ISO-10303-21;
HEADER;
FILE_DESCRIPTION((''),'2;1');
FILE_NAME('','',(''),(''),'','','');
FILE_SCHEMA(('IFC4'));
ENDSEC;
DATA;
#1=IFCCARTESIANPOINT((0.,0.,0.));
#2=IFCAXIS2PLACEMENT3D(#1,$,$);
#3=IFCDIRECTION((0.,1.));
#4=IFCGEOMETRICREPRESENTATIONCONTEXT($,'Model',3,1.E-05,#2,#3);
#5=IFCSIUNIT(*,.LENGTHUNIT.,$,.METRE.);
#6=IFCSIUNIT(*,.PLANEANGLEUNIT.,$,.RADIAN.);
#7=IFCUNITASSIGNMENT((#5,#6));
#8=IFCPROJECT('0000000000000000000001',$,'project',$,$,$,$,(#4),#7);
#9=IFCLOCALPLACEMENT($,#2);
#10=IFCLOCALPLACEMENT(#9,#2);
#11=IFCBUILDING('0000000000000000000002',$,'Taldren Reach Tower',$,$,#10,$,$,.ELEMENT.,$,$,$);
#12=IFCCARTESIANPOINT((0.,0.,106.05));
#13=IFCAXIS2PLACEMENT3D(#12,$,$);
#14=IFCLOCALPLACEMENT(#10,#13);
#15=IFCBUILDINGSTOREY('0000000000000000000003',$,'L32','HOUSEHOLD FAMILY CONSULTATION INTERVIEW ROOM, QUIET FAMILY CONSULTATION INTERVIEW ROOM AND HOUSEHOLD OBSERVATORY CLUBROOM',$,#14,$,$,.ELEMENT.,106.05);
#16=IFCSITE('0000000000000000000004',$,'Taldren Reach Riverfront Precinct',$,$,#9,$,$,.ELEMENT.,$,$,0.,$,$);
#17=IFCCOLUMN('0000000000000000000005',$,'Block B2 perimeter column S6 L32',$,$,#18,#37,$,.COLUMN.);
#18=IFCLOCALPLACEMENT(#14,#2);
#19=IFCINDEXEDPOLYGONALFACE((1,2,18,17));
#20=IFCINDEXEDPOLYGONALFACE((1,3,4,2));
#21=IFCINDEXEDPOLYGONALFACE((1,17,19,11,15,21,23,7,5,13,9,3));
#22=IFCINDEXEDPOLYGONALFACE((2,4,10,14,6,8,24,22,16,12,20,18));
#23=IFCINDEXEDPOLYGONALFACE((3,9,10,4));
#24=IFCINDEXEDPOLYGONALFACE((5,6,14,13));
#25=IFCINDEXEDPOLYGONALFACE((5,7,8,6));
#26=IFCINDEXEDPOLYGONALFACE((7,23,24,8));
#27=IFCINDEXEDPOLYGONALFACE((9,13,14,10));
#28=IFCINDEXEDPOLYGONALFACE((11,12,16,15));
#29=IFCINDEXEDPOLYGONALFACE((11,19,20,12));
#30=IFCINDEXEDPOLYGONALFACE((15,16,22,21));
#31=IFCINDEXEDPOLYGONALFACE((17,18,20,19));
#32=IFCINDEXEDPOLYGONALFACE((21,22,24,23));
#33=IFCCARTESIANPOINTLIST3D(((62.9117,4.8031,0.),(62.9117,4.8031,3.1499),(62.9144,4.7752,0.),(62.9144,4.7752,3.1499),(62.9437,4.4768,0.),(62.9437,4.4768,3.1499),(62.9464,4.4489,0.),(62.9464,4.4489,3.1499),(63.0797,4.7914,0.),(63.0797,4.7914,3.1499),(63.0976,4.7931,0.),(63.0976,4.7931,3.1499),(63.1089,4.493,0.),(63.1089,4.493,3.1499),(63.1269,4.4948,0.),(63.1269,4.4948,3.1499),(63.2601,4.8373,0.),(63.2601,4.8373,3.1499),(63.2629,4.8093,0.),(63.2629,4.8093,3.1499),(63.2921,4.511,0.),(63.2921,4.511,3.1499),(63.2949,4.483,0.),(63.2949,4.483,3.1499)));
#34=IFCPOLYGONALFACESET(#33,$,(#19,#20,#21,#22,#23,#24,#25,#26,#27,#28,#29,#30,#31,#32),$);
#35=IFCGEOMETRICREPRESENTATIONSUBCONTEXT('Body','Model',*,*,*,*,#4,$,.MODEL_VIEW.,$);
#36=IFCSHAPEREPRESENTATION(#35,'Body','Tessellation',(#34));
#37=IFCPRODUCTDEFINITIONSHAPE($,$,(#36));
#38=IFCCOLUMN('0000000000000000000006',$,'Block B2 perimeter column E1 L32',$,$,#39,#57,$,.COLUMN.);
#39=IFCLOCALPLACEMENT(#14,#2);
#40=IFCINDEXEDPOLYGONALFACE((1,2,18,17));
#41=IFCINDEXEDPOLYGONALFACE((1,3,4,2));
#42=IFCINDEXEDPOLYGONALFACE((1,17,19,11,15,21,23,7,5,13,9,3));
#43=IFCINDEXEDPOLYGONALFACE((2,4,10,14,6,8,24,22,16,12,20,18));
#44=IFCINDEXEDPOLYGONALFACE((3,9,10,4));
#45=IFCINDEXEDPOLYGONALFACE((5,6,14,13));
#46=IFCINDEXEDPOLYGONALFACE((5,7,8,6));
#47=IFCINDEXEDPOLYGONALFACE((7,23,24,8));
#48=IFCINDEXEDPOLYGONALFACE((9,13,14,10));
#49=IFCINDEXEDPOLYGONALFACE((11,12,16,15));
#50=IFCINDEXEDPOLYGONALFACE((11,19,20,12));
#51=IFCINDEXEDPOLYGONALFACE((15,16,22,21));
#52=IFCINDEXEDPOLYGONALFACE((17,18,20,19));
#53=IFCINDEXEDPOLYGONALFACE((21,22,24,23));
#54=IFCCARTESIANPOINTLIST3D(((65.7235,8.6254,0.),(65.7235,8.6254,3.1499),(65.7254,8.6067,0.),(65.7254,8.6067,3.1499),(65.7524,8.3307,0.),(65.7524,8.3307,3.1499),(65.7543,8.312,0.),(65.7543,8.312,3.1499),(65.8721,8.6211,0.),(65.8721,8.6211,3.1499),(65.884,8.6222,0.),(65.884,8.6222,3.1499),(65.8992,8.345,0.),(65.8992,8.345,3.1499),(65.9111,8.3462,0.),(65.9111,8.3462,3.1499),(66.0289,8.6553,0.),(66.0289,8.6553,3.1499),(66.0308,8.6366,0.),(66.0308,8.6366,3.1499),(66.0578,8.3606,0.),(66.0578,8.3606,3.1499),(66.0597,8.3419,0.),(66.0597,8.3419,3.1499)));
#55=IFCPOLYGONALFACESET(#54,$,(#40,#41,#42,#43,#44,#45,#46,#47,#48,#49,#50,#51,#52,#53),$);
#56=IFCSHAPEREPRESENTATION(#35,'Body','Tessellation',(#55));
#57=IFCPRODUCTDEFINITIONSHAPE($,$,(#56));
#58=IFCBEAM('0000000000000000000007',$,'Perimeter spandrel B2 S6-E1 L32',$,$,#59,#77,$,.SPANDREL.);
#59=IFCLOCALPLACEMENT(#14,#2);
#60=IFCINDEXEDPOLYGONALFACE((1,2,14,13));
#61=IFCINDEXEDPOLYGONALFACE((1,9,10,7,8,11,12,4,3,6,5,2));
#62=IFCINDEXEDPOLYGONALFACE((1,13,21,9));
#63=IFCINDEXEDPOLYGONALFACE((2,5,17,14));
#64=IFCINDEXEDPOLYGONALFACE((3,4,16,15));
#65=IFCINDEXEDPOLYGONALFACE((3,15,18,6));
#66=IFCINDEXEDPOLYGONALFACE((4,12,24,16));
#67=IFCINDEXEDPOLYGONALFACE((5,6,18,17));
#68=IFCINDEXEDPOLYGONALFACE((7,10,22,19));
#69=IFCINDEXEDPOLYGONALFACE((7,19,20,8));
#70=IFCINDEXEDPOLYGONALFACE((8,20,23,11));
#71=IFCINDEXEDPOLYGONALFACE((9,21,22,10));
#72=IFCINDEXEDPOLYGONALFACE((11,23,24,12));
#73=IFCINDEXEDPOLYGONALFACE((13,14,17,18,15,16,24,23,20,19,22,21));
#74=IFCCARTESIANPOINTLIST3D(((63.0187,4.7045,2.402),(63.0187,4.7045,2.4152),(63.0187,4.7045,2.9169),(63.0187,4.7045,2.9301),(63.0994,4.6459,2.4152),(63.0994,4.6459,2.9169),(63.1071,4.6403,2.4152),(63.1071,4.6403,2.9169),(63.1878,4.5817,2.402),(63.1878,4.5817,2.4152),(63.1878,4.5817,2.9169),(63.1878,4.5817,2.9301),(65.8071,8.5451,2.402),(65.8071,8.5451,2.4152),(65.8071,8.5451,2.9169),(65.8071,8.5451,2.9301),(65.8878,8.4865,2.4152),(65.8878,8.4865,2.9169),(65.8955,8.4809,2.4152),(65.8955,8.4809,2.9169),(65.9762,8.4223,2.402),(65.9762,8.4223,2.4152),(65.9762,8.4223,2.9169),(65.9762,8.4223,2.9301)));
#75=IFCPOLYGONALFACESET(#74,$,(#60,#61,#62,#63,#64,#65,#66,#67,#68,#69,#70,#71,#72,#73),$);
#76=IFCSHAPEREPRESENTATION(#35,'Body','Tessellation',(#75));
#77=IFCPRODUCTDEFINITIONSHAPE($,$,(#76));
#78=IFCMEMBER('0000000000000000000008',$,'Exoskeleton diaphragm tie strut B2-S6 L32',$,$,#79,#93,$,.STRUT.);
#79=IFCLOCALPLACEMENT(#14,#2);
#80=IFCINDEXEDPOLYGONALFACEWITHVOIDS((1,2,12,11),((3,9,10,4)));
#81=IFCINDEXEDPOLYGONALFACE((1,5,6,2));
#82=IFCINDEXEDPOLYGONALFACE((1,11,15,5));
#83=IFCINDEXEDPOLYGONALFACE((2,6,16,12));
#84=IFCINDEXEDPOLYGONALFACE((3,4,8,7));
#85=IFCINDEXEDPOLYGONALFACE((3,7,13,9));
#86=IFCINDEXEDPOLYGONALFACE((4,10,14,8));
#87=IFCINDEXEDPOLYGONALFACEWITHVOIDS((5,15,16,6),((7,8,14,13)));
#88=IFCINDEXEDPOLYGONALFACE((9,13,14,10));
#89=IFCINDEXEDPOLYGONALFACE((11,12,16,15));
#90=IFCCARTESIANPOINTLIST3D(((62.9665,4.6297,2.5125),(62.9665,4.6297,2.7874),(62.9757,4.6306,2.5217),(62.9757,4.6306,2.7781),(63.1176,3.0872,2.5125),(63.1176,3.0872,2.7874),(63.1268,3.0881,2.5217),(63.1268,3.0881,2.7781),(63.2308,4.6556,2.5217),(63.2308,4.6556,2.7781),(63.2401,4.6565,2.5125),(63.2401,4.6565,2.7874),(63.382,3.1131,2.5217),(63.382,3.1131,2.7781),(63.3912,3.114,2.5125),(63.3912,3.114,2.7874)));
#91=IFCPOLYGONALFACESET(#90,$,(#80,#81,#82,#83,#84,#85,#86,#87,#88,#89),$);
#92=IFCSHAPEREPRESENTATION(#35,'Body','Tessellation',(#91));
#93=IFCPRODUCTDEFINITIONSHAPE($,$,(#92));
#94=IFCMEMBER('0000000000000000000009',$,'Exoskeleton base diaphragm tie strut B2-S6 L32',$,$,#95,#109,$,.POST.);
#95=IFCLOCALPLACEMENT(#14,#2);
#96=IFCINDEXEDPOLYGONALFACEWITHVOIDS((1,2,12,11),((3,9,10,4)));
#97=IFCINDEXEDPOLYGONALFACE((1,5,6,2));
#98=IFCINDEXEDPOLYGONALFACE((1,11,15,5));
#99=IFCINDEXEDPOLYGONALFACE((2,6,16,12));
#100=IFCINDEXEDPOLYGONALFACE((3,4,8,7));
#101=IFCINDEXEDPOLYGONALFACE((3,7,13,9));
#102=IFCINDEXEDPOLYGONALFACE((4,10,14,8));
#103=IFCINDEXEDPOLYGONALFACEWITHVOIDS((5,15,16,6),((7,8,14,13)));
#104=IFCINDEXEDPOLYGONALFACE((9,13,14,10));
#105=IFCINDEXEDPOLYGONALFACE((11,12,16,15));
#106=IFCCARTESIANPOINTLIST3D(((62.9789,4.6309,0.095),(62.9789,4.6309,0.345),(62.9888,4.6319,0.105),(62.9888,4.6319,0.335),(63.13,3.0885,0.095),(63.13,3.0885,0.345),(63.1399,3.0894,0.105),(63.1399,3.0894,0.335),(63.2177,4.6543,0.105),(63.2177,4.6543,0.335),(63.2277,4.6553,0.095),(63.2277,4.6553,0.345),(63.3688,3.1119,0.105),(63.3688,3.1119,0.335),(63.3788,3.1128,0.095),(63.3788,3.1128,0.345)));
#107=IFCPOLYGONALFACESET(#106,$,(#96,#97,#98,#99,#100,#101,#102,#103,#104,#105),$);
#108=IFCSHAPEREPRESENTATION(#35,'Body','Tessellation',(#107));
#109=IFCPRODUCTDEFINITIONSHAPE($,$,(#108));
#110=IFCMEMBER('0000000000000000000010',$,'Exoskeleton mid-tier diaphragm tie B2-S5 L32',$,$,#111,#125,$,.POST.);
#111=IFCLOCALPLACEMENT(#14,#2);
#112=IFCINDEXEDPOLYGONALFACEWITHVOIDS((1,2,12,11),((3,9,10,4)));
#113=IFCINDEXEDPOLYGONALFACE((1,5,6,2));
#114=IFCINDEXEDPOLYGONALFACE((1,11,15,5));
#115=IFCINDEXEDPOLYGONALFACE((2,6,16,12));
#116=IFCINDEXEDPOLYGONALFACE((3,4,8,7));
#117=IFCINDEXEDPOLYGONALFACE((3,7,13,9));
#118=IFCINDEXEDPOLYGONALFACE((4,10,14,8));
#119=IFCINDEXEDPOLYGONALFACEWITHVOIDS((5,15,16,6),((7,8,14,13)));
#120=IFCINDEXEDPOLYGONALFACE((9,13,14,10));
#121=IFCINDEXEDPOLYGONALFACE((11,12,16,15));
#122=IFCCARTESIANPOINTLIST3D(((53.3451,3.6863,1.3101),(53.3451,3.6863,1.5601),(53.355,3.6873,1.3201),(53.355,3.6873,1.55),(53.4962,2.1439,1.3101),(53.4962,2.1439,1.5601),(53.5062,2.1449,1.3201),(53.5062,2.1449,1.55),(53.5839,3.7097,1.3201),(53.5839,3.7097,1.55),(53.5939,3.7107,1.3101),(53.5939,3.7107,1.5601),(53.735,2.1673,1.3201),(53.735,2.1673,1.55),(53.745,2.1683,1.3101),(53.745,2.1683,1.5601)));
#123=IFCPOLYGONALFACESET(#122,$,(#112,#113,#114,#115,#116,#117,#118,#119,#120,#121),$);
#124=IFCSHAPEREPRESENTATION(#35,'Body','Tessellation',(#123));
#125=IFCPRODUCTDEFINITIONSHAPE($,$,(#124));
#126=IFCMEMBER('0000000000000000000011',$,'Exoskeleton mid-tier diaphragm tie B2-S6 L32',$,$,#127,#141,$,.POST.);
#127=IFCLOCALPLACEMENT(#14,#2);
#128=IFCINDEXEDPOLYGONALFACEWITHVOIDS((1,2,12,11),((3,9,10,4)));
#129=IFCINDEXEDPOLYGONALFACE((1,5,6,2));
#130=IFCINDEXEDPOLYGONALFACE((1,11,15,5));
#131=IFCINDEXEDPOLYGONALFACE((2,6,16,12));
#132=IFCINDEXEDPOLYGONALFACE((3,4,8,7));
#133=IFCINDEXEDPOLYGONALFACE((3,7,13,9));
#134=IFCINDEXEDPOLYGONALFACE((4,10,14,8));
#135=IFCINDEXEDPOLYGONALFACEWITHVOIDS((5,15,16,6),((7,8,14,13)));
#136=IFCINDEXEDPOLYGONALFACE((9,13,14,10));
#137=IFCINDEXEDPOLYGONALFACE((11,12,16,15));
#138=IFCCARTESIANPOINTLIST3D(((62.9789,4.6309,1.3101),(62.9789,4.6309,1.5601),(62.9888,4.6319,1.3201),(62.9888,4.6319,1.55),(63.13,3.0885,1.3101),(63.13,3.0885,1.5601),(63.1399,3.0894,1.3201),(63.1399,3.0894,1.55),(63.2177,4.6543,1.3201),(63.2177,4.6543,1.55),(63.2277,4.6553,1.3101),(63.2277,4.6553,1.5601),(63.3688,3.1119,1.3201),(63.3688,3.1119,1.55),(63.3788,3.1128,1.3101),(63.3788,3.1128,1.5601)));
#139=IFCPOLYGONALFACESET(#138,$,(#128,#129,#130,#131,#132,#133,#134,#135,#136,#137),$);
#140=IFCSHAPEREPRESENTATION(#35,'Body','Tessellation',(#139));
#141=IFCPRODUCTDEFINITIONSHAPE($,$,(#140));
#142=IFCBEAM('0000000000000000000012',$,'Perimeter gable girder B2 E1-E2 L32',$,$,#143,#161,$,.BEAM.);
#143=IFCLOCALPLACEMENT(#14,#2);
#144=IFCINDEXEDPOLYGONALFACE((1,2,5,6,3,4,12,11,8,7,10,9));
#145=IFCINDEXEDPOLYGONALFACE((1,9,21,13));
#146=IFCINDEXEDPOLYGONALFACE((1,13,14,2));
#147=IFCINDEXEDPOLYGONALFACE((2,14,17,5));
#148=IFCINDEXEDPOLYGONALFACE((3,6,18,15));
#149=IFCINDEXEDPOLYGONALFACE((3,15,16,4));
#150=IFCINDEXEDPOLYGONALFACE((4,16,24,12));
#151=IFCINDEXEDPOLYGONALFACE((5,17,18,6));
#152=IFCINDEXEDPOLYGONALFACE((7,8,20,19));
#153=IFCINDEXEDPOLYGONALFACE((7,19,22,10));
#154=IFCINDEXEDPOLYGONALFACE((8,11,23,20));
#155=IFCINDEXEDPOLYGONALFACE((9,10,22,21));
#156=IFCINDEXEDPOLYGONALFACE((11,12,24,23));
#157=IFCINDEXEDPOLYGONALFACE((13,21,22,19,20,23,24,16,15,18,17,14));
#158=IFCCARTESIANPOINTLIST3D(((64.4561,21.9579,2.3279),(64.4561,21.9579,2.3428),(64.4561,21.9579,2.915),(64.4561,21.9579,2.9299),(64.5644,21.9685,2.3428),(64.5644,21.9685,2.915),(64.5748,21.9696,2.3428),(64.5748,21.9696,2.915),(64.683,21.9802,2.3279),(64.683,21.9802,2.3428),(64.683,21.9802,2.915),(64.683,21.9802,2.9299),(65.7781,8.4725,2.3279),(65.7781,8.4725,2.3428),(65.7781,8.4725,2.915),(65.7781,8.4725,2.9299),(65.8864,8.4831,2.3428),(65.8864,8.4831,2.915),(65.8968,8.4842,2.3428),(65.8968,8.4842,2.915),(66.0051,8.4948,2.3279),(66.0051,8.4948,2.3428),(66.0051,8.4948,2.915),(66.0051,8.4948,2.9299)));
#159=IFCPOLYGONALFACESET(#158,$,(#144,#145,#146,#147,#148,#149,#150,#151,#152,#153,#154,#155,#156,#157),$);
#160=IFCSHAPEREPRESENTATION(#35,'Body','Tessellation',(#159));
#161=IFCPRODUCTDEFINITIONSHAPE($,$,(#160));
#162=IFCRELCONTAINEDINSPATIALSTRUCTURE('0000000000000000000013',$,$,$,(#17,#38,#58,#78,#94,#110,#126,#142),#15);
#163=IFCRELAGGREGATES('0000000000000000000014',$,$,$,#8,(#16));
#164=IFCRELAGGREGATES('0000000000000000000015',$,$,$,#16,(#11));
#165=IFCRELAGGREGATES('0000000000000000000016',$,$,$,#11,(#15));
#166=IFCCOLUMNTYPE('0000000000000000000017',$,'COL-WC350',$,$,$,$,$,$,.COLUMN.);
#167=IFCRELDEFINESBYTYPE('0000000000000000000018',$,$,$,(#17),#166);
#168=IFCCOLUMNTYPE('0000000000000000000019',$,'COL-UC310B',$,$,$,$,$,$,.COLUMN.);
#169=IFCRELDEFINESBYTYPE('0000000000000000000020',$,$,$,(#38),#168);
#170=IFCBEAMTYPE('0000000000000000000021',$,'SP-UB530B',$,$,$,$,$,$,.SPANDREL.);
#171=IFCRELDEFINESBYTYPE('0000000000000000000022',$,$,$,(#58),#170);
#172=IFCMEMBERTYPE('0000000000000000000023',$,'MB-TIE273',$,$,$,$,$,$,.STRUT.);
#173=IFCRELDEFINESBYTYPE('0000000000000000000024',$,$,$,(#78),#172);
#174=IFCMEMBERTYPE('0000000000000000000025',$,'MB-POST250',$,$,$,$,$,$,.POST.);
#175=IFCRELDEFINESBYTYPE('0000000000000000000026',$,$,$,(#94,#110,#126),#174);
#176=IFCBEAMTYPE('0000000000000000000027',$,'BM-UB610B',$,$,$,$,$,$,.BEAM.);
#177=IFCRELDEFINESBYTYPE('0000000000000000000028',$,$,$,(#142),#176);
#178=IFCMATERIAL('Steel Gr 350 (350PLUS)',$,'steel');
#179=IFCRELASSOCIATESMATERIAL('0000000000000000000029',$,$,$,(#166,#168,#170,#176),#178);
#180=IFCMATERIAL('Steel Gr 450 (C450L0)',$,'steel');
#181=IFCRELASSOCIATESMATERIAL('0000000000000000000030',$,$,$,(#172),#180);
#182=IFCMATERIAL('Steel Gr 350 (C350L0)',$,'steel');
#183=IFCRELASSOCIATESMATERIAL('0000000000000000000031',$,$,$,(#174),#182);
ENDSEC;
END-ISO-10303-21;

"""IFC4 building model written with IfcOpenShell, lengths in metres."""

from ifc_helpers import new_model, si_unit, direction, frame, origin, origin_2d, place, context, subcontext, project, spatial, hollow_rectangle, i_section, extrude, source, transform, mapped, material, material_profile, profile_set, type_object, element, save


model = new_model("IFC4")

# Units and contexts
model_context = context("Model", 3, precision=1e-05, world=origin(), true_north=direction((0.0, 1.0)))
body_context = subcontext(model_context, "Body", "Model", "MODEL_VIEW")
ifc_project = project(units=[si_unit("LENGTHUNIT", "METRE"), si_unit("PLANEANGLEUNIT", "RADIAN")], contexts=[model_context])

# Site, building, storey
site_placement = place(None, origin())
site = spatial("IfcSite", under=ifc_project, at=site_placement, Name="Taldren Reach Riverfront Precinct", CompositionType="ELEMENT", RefElevation=0.0)
building_placement = place(site_placement, origin())
building = spatial("IfcBuilding", under=site, at=building_placement, Name="Taldren Reach Tower", CompositionType="ELEMENT")
storey_placement = place(building_placement, frame((0.0, 0.0, 106.05)))
storey = spatial("IfcBuildingStorey", under=building, at=storey_placement, Name="L32", Description="HOUSEHOLD FAMILY CONSULTATION INTERVIEW ROOM, QUIET FAMILY CONSULTATION INTERVIEW ROOM AND HOUSEHOLD OBSERVATORY CLUBROOM", CompositionType="ELEMENT", Elevation=106.05)

# Columns
ifc_material_1 = material(Name="Steel Gr 350 (350PLUS)", Category="steel")
ifc_material_profile_1 = material_profile(ifc_material_1, i_section(OverallWidth=0.3501, OverallDepth=0.356, WebThickness=0.0181, FlangeThickness=0.0281, at=origin_2d()), Name="350WC197")
ifc_profile_set_1 = profile_set([ifc_material_profile_1], Name="Steel Gr 350 (350PLUS)")
column_type_1 = type_object("IfcColumnType", Name="COL-WC350", PredefinedType="COLUMN", material=ifc_profile_set_1)
shared_shape_1 = source(origin(), body_context, "Body", "SweptSolid", [
    extrude(i_section(OverallWidth=0.3501, OverallDepth=0.356, WebThickness=0.0181, FlangeThickness=0.0281, at=origin_2d()), origin(), (0.0, 0.0, 1.0), 3.1499),
])
column_1_placement = place(storey_placement, frame((63.1033, 4.6431, 0.0), z_axis=(0.0, 0.0, 1.0), x_axis=(0.995227, 0.097583, 0.0)))
element("IfcColumn", 1, at=column_1_placement, inside=storey, type_object=column_type_1, Name="Block B2 perimeter column S6 L32", PredefinedType="COLUMN", context=body_context, shape_type="MappedRepresentation", body=[
    mapped(shared_shape_1, transform((0.0, 0.0, 0.0), scale=1.0)),
])
ifc_material_profile_2 = material_profile(ifc_material_1, i_section(OverallWidth=0.3069, OverallDepth=0.3149, WebThickness=0.012, FlangeThickness=0.0188, at=origin_2d()), Name="310UC118")
ifc_profile_set_2 = profile_set([ifc_material_profile_2], Name="Steel Gr 350 (350PLUS)")
column_type_2 = type_object("IfcColumnType", Name="COL-UC310B", PredefinedType="COLUMN", material=ifc_profile_set_2)
shared_shape_2 = source(origin(), body_context, "Body", "SweptSolid", [
    extrude(i_section(OverallWidth=0.3069, OverallDepth=0.3149, WebThickness=0.012, FlangeThickness=0.0188, at=origin_2d()), origin(), (0.0, 0.0, 1.0), 3.1499),
])
column_2_placement = place(storey_placement, frame((65.8916, 8.4836, 0.0), z_axis=(0.0, 0.0, 1.0), x_axis=(0.995227, 0.097583, 0.0)))
element("IfcColumn", 2, at=column_2_placement, inside=storey, type_object=column_type_2, Name="Block B2 perimeter column E1 L32", PredefinedType="COLUMN", context=body_context, shape_type="MappedRepresentation", body=[
    mapped(shared_shape_2, transform((0.0, 0.0, 0.0), scale=1.0)),
])

# Beam
ifc_material_profile_3 = material_profile(ifc_material_1, i_section(OverallWidth=0.209, OverallDepth=0.5281, WebThickness=0.0095, FlangeThickness=0.0132, at=origin_2d()), Name="530UB82.0")
ifc_profile_set_3 = profile_set([ifc_material_profile_3], Name="Steel Gr 350 (350PLUS)")
beam_type_1 = type_object("IfcBeamType", Name="SP-UB530B", PredefinedType="SPANDREL", material=ifc_profile_set_3)
shared_shape_3 = source(origin(), body_context, "Body", "SweptSolid", [
    extrude(i_section(OverallWidth=0.209, OverallDepth=0.5281, WebThickness=0.0095, FlangeThickness=0.0132, at=origin_2d()), origin(), (0.0, 0.0, 1.0), 4.7461),
])
beam_1_placement = place(storey_placement, frame((63.1033, 4.6431, 2.666), z_axis=(0.587508, 0.809219, 0.0), x_axis=(-0.809219, 0.587508, 0.0)))
element("IfcBeam", 3, at=beam_1_placement, inside=storey, type_object=beam_type_1, Name="Perimeter spandrel B2 S6-E1 L32", PredefinedType="SPANDREL", context=body_context, shape_type="MappedRepresentation", body=[
    mapped(shared_shape_3, transform((0.0, 0.0, 0.0), scale=1.0)),
])

# Members
ifc_material_2 = material(Name="Steel Gr 450 (C450L0)", Category="steel")
ifc_material_profile_4 = material_profile(ifc_material_2, hollow_rectangle(XDim=0.2749, YDim=0.2749, WallThickness=0.0093, at=origin_2d()), Name="275x275x9.3SHS")
ifc_profile_set_4 = profile_set([ifc_material_profile_4], Name="Steel Gr 450 (C450L0)")
member_type_1 = type_object("IfcMemberType", Name="MB-TIE273", PredefinedType="STRUT", material=ifc_profile_set_4)
shared_shape_4 = source(origin(), body_context, "Body", "SweptSolid", [
    extrude(hollow_rectangle(XDim=0.2749, YDim=0.2749, WallThickness=0.0093, at=origin_2d()), origin(), (0.0, 0.0, 1.0), 1.5498),
])
member_1_placement = place(storey_placement, frame((63.1033, 4.6431, 2.6499), z_axis=(0.097507, -0.995235, 0.0), x_axis=(0.995235, 0.097507, 0.0)))
element("IfcMember", 4, at=member_1_placement, inside=storey, type_object=member_type_1, Name="Exoskeleton diaphragm tie strut B2-S6 L32", PredefinedType="STRUT", context=body_context, shape_type="MappedRepresentation", body=[
    mapped(shared_shape_4, transform((0.0, 0.0, 0.0), scale=1.0)),
])
ifc_material_3 = material(Name="Steel Gr 350 (C350L0)", Category="steel")
ifc_material_profile_5 = material_profile(ifc_material_3, hollow_rectangle(XDim=0.25, YDim=0.25, WallThickness=0.01, at=origin_2d()), Name="250x250x10.0SHS")
ifc_profile_set_5 = profile_set([ifc_material_profile_5], Name="Steel Gr 350 (C350L0)")
member_type_2 = type_object("IfcMemberType", Name="MB-POST250", PredefinedType="POST", material=ifc_profile_set_5)
shared_shape_5 = source(origin(), body_context, "Body", "SweptSolid", [
    extrude(hollow_rectangle(XDim=0.25, YDim=0.25, WallThickness=0.01, at=origin_2d()), origin(), (0.0, 0.0, 1.0), 1.5498),
])
for number, where, z_axis, x_axis, name in (
    (5, (63.1033, 4.6431, 0.22), (0.097507, -0.995235, 0.0), (0.995235, 0.097507, 0.0), "Exoskeleton base diaphragm tie strut B2-S6 L32"),
    (6, (53.4695, 3.6985, 1.4351), (0.097507, -0.995235, 0.0), (0.995235, 0.097507, 0.0), "Exoskeleton mid-tier diaphragm tie B2-S5 L32"),
    (7, (63.1033, 4.6431, 1.4351), (0.097507, -0.995235, 0.0), (0.995235, 0.097507, 0.0), "Exoskeleton mid-tier diaphragm tie B2-S6 L32"),
):
    element("IfcMember", number, at=place(storey_placement, frame(where, z_axis=z_axis, x_axis=x_axis)), inside=storey, type_object=member_type_2, Name=name, PredefinedType="POST", context=body_context, shape_type="MappedRepresentation", body=[
        mapped(shared_shape_5, transform((0.0, 0.0, 0.0), scale=1.0)),
    ])

# Beam
ifc_material_profile_6 = material_profile(ifc_material_1, i_section(OverallWidth=0.228, OverallDepth=0.6021, WebThickness=0.0105, FlangeThickness=0.0149, at=origin_2d()), Name="610UB101")
ifc_profile_set_6 = profile_set([ifc_material_profile_6], Name="Steel Gr 350 (350PLUS)")
beam_type_2 = type_object("IfcBeamType", Name="BM-UB610B", PredefinedType="BEAM", material=ifc_profile_set_6)
shared_shape_6 = source(origin(), body_context, "Body", "SweptSolid", [
    extrude(i_section(OverallWidth=0.228, OverallDepth=0.6021, WebThickness=0.0105, FlangeThickness=0.0149, at=origin_2d()), origin(), (0.0, 0.0, 1.0), 13.55),
])
beam_2_placement = place(storey_placement, frame((65.8916, 8.4836, 2.6289), z_axis=(-0.097566, 0.995229, 0.0), x_axis=(-0.995229, -0.097566, 0.0)))
element("IfcBeam", 8, at=beam_2_placement, inside=storey, type_object=beam_type_2, Name="Perimeter gable girder B2 E1-E2 L32", PredefinedType="BEAM", context=body_context, shape_type="MappedRepresentation", body=[
    mapped(shared_shape_6, transform((0.0, 0.0, 0.0), scale=1.0)),
])

save(model, "model.ifc")
